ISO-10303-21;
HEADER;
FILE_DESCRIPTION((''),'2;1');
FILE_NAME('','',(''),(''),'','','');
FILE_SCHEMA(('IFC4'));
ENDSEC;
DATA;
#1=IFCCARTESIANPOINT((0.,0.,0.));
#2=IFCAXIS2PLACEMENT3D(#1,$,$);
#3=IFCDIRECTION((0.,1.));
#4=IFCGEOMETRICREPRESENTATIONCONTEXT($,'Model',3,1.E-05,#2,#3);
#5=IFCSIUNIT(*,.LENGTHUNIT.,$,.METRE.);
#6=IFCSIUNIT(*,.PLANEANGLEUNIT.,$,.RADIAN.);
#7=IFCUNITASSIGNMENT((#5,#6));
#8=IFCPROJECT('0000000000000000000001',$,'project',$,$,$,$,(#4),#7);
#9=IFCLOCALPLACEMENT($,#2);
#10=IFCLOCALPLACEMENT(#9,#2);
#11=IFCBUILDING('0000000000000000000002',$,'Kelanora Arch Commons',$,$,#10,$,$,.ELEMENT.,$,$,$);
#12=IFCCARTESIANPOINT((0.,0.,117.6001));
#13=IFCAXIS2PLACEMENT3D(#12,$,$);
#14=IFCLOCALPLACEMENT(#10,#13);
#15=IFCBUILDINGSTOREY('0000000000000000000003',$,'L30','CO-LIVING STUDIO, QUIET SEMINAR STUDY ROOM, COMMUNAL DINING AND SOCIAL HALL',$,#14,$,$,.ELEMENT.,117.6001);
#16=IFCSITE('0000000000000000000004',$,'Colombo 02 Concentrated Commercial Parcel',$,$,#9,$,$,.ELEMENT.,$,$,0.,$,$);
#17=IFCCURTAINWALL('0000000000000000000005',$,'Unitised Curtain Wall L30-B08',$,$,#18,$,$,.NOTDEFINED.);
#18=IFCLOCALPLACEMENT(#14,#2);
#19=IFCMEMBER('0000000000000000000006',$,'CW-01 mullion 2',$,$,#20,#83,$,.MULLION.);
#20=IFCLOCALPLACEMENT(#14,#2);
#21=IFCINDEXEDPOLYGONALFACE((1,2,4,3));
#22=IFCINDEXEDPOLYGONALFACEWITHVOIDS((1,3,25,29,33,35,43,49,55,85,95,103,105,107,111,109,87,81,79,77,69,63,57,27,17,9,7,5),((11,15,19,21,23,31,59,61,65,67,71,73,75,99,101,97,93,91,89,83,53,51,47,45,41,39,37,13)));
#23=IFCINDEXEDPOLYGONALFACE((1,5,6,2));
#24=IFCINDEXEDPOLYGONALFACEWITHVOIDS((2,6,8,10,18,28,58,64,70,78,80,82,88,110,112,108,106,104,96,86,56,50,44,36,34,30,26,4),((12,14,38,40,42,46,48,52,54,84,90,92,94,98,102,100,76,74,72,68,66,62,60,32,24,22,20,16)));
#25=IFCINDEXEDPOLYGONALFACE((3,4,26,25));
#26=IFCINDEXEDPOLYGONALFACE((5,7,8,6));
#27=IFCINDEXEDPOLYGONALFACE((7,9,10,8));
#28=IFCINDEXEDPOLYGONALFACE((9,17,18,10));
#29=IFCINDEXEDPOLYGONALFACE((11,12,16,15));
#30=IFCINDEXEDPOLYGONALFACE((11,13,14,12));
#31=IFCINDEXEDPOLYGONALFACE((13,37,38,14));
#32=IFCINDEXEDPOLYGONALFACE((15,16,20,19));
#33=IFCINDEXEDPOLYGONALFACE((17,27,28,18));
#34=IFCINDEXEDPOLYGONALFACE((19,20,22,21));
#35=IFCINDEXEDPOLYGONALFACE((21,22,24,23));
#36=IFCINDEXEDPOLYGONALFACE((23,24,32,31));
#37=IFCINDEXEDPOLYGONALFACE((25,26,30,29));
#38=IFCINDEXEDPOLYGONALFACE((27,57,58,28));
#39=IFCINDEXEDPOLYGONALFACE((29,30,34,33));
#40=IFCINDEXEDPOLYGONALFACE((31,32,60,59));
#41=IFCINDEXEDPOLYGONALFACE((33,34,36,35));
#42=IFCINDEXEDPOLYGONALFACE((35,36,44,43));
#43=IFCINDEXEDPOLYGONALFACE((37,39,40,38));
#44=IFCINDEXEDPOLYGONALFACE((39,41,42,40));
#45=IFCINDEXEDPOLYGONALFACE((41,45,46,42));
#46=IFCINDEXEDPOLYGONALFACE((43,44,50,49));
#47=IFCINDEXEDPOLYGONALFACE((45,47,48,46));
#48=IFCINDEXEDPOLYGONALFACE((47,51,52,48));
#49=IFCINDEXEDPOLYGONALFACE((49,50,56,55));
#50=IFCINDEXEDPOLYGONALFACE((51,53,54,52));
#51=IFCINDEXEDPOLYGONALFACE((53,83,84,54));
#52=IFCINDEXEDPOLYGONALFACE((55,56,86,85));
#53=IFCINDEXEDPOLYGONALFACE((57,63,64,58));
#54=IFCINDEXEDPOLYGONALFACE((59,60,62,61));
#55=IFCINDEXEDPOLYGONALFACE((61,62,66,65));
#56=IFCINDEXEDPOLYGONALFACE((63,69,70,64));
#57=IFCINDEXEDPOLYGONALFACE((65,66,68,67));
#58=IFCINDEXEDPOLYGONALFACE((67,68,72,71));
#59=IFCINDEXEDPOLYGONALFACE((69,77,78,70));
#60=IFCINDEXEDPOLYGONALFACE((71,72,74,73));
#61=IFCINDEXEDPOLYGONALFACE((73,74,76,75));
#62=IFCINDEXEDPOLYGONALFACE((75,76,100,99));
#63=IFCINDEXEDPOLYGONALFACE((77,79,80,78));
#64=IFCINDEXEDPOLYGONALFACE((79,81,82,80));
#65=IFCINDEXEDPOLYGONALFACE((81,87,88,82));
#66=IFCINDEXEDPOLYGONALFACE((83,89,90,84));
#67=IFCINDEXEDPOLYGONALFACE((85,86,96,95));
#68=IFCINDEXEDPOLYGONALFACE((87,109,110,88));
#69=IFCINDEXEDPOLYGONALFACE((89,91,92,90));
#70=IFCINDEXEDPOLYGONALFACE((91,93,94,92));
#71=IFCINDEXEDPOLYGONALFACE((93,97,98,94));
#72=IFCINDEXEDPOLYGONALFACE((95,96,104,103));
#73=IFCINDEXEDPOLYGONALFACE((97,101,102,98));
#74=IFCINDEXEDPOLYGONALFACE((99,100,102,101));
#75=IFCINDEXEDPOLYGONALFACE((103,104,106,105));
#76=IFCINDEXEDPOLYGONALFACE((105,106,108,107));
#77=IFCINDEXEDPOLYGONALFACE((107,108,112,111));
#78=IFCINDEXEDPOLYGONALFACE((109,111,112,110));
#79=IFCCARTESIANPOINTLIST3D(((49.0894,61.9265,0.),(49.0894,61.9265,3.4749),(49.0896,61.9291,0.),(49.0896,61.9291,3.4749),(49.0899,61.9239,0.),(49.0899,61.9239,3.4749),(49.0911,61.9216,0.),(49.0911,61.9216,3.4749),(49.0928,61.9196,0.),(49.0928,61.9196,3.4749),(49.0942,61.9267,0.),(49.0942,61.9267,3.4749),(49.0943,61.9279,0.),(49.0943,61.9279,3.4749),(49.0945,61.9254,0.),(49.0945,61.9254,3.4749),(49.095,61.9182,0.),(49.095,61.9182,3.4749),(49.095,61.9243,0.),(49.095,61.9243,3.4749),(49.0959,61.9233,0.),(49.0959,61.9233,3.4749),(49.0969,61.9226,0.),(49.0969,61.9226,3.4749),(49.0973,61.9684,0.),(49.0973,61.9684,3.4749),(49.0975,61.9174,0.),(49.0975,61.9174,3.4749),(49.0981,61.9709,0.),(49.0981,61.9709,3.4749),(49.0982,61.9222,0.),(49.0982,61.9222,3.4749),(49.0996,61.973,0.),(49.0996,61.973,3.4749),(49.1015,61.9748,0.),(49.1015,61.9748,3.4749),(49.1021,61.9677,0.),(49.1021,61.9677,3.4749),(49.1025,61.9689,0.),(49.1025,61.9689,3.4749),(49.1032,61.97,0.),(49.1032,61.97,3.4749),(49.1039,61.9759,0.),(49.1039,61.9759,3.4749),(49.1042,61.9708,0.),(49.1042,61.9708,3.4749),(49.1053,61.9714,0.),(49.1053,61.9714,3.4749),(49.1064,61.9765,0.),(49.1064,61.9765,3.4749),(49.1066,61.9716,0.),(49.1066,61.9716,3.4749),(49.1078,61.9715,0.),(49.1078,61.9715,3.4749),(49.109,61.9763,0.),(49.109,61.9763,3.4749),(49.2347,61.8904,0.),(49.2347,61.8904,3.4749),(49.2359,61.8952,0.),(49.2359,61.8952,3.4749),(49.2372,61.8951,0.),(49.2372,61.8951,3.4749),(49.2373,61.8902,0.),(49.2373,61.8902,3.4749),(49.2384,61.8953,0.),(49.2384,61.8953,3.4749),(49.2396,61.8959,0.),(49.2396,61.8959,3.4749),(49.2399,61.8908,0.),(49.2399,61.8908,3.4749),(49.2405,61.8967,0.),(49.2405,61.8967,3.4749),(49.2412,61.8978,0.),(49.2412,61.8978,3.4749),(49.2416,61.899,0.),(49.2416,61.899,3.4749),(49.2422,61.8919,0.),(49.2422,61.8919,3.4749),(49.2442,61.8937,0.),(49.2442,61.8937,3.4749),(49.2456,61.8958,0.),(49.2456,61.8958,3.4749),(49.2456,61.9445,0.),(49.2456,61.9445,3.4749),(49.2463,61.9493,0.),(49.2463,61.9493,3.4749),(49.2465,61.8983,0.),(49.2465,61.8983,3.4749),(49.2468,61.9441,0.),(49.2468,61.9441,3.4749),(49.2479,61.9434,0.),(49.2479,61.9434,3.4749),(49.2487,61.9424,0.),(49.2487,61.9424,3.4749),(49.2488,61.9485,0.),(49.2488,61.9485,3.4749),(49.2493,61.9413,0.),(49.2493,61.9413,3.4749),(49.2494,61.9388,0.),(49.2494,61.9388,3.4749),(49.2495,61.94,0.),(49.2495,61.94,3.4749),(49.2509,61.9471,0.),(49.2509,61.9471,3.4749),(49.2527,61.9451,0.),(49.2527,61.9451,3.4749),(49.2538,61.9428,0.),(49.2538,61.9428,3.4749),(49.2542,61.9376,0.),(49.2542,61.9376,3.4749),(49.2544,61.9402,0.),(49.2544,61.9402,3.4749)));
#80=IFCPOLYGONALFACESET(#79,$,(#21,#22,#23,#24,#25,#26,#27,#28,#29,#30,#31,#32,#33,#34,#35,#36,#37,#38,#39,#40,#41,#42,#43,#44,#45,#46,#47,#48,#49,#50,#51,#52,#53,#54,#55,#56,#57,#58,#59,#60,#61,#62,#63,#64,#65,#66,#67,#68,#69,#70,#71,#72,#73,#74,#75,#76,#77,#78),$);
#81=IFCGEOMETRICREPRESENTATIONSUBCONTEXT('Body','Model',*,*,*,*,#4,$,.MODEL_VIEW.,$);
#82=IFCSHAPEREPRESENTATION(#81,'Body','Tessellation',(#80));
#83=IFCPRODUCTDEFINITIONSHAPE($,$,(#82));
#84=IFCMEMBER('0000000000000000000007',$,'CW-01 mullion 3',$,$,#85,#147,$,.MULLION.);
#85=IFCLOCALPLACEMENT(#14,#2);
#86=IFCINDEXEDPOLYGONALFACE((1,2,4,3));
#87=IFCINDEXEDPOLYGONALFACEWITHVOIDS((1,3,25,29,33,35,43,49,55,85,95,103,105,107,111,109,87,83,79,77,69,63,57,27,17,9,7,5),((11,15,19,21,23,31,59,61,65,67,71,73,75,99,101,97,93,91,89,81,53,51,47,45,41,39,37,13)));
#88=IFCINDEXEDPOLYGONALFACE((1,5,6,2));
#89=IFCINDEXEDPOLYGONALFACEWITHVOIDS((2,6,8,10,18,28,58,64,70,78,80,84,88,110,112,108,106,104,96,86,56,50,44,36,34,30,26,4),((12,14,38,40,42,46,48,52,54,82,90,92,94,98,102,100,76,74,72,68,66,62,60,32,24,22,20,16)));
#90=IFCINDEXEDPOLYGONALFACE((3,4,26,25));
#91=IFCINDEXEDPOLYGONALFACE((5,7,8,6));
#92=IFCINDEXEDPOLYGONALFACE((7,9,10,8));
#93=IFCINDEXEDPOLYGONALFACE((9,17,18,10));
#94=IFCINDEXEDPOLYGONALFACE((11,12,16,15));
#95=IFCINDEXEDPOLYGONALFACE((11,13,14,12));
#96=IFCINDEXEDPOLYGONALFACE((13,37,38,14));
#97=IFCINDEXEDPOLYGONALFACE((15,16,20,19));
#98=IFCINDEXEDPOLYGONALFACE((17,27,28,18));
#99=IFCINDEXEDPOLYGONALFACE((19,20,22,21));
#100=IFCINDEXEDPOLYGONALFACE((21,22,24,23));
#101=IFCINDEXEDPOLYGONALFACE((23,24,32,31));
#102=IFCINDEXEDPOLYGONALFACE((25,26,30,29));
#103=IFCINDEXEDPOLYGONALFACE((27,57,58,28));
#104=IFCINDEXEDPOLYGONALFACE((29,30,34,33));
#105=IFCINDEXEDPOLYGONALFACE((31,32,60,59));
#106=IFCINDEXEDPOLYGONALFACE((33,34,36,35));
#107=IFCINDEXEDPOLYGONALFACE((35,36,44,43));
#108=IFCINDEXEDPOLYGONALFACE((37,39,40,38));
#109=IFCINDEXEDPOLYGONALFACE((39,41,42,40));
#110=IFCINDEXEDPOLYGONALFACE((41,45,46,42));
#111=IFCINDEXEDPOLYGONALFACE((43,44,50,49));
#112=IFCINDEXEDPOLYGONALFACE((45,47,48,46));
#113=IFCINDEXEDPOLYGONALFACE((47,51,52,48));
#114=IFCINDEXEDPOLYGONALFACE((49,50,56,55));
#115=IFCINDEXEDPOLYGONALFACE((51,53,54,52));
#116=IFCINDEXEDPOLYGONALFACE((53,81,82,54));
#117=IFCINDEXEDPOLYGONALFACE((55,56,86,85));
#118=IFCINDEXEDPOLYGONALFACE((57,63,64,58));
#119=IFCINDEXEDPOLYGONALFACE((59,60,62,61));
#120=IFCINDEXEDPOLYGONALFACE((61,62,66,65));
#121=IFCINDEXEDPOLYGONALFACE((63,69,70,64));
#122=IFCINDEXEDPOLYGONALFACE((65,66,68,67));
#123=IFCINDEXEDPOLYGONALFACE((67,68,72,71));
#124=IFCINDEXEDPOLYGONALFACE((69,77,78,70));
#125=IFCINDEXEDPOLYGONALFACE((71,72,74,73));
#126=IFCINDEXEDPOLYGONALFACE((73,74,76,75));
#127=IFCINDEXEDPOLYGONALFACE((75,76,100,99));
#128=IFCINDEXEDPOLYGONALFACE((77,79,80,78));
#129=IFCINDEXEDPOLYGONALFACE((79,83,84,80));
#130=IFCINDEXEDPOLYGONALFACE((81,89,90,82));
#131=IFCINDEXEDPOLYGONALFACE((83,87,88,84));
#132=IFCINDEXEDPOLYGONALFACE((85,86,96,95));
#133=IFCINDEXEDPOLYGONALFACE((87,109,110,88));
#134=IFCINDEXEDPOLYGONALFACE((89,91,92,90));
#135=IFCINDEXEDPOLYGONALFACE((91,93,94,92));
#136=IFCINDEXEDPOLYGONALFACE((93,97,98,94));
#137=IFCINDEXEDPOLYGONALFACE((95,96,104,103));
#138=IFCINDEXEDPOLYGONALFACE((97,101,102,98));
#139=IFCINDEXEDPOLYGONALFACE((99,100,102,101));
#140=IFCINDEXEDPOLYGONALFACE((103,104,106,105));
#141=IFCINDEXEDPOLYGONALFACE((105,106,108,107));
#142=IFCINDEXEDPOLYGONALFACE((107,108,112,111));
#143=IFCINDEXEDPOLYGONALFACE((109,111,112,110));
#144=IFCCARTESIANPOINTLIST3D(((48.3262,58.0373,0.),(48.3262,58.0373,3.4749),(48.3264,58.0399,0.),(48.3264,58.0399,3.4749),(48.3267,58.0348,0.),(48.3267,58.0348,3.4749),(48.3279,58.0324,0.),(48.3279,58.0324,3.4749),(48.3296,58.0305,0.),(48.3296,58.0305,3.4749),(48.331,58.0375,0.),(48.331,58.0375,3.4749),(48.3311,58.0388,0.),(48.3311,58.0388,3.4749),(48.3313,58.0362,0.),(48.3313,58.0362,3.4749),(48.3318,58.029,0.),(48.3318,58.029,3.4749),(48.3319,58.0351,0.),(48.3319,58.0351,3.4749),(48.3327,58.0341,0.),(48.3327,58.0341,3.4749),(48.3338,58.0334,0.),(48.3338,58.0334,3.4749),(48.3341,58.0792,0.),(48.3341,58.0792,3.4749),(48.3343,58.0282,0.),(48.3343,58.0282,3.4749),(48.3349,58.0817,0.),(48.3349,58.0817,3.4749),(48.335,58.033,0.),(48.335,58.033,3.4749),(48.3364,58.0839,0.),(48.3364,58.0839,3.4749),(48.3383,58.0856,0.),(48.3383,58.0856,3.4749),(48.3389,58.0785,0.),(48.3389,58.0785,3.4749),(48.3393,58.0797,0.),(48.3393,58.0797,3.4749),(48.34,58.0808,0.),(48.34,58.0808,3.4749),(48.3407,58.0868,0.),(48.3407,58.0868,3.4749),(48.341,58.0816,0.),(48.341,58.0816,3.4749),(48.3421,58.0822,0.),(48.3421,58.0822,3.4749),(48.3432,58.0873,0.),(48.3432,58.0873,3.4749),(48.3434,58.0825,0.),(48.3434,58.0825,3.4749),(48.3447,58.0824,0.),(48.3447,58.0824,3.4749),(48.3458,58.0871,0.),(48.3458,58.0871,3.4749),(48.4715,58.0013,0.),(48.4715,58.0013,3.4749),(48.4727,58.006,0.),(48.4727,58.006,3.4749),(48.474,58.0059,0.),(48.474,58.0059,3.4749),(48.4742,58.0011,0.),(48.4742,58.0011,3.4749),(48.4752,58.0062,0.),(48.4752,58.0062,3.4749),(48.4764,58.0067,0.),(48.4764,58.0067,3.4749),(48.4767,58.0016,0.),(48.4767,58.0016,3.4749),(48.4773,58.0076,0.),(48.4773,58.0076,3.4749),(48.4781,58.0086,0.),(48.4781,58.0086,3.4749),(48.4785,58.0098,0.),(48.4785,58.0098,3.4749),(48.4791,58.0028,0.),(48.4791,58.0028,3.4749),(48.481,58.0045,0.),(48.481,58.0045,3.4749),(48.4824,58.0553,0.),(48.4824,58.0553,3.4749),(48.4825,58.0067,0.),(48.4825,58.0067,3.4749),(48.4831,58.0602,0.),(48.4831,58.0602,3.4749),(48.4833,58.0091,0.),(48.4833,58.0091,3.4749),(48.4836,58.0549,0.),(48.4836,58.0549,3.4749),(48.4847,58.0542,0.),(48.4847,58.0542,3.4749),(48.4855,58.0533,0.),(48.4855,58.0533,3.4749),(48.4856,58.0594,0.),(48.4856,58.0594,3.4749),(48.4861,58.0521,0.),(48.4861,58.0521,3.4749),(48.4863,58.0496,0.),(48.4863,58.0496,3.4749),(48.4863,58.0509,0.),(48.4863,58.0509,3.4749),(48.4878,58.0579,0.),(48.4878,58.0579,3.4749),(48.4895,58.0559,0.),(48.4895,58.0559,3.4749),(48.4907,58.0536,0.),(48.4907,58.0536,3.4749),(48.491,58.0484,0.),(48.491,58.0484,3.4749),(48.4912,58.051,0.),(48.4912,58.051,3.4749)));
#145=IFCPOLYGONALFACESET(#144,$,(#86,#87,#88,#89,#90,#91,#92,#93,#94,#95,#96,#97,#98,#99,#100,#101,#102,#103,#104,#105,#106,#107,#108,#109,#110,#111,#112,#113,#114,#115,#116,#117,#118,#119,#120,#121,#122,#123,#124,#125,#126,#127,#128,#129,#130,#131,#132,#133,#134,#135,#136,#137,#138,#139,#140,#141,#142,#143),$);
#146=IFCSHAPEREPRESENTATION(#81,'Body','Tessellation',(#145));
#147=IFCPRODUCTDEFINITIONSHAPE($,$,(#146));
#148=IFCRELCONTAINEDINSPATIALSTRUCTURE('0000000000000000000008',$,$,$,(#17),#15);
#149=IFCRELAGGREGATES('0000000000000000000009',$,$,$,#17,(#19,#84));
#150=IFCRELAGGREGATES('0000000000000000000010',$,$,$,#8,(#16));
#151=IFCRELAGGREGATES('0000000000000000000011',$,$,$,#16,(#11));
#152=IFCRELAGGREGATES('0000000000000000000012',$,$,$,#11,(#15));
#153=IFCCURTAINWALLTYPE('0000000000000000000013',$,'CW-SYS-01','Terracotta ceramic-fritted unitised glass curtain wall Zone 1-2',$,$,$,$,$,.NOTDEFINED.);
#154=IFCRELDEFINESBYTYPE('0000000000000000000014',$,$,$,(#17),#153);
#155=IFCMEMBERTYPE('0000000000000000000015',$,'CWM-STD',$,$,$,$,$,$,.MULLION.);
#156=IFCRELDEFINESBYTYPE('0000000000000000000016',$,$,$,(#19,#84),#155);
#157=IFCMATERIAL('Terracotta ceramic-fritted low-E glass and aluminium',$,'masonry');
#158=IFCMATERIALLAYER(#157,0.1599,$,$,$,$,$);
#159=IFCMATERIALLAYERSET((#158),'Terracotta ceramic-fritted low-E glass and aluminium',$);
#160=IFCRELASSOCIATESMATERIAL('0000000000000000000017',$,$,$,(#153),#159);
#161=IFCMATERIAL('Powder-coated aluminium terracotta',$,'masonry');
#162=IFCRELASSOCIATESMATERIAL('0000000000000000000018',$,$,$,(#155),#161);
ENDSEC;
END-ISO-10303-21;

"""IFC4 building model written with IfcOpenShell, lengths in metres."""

from ifc_helpers import new_model, si_unit, direction, frame, origin, origin_2d, place, context, subcontext, project, spatial, hollow_rectangle, extrude, material, layer, layer_set, material_profile, profile_set, type_object, element, aggregate, save


model = new_model("IFC4")

# Units and contexts
model_context = context("Model", 3, precision=1e-05, world=origin(), true_north=direction((0.0, 1.0)))
body_context = subcontext(model_context, "Body", "Model", "MODEL_VIEW")
ifc_project = project(units=[si_unit("LENGTHUNIT", "METRE"), si_unit("PLANEANGLEUNIT", "RADIAN")], contexts=[model_context])

# Site, building, storey
site_placement = place(None, origin())
site = spatial("IfcSite", under=ifc_project, at=site_placement, Name="Colombo 02 Concentrated Commercial Parcel", CompositionType="ELEMENT", RefElevation=0.0)
building_placement = place(site_placement, origin())
building = spatial("IfcBuilding", under=site, at=building_placement, Name="Kelanora Arch Commons", CompositionType="ELEMENT")
storey_placement = place(building_placement, frame((0.0, 0.0, 117.6001)))
storey = spatial("IfcBuildingStorey", under=building, at=storey_placement, Name="L30", Description="CO-LIVING STUDIO, QUIET SEMINAR STUDY ROOM, COMMUNAL DINING AND SOCIAL HALL", CompositionType="ELEMENT", Elevation=117.6001)

# Curtain wall, members
ifc_material_1 = material(Name="Terracotta ceramic-fritted low-E glass and aluminium", Category="masonry")
ifc_layer_1 = layer(ifc_material_1, 0.1599)
ifc_layer_set_1 = layer_set([ifc_layer_1], Name="Terracotta ceramic-fritted low-E glass and aluminium")
curtain_wall_type = type_object("IfcCurtainWallType", Name="CW-SYS-01", Description="Terracotta ceramic-fritted unitised glass curtain wall Zone 1-2", PredefinedType="NOTDEFINED", material=ifc_layer_set_1)
curtain_wall_placement = place(storey_placement, origin())
curtain_wall = element("IfcCurtainWall", 1, at=curtain_wall_placement, inside=storey, type_object=curtain_wall_type, Name="Unitised Curtain Wall L30-B08", PredefinedType="NOTDEFINED")
ifc_material_2 = material(Name="Powder-coated aluminium terracotta", Category="masonry")
ifc_material_profile_1 = material_profile(ifc_material_2, hollow_rectangle(XDim=0.1599, YDim=0.0601, WallThickness=0.0049, InnerFilletRadius=0.0049, OuterFilletRadius=0.01, at=origin_2d()), Name="CWM160x60")
ifc_profile_set_1 = profile_set([ifc_material_profile_1], Name="Powder-coated aluminium terracotta")
member_type_1 = type_object("IfcMemberType", Name="CWM-STD", PredefinedType="MULLION", material=ifc_profile_set_1)
member_1_placement = place(storey_placement, frame((49.1719, 61.9333, 0.0), z_axis=(0.0, 0.0, 1.0), x_axis=(0.98128, -0.192585, 0.0)))
member_1 = element("IfcMember", 2, at=member_1_placement, type_object=member_type_1, Name="CW-01 mullion 2", PredefinedType="MULLION", context=body_context, shape_type="SweptSolid", body=[
    extrude(hollow_rectangle(XDim=0.1599, YDim=0.0601, WallThickness=0.0049, InnerFilletRadius=0.0049, OuterFilletRadius=0.01, at=origin_2d()), origin(), (0.0, 0.0, 1.0), 3.4749),
])
member_2_placement = place(storey_placement, frame((48.4087, 58.0442, 0.0), z_axis=(0.0, 0.0, 1.0), x_axis=(0.98128, -0.192585, 0.0)))
member_2 = element("IfcMember", 3, at=member_2_placement, type_object=member_type_1, Name="CW-01 mullion 3", PredefinedType="MULLION", context=body_context, shape_type="SweptSolid", body=[
    extrude(hollow_rectangle(XDim=0.1599, YDim=0.0601, WallThickness=0.0049, InnerFilletRadius=0.0049, OuterFilletRadius=0.01, at=origin_2d()), origin(), (0.0, 0.0, 1.0), 3.4749),
])
aggregate(curtain_wall, [member_1, member_2])

save(model, "model.ifc")
